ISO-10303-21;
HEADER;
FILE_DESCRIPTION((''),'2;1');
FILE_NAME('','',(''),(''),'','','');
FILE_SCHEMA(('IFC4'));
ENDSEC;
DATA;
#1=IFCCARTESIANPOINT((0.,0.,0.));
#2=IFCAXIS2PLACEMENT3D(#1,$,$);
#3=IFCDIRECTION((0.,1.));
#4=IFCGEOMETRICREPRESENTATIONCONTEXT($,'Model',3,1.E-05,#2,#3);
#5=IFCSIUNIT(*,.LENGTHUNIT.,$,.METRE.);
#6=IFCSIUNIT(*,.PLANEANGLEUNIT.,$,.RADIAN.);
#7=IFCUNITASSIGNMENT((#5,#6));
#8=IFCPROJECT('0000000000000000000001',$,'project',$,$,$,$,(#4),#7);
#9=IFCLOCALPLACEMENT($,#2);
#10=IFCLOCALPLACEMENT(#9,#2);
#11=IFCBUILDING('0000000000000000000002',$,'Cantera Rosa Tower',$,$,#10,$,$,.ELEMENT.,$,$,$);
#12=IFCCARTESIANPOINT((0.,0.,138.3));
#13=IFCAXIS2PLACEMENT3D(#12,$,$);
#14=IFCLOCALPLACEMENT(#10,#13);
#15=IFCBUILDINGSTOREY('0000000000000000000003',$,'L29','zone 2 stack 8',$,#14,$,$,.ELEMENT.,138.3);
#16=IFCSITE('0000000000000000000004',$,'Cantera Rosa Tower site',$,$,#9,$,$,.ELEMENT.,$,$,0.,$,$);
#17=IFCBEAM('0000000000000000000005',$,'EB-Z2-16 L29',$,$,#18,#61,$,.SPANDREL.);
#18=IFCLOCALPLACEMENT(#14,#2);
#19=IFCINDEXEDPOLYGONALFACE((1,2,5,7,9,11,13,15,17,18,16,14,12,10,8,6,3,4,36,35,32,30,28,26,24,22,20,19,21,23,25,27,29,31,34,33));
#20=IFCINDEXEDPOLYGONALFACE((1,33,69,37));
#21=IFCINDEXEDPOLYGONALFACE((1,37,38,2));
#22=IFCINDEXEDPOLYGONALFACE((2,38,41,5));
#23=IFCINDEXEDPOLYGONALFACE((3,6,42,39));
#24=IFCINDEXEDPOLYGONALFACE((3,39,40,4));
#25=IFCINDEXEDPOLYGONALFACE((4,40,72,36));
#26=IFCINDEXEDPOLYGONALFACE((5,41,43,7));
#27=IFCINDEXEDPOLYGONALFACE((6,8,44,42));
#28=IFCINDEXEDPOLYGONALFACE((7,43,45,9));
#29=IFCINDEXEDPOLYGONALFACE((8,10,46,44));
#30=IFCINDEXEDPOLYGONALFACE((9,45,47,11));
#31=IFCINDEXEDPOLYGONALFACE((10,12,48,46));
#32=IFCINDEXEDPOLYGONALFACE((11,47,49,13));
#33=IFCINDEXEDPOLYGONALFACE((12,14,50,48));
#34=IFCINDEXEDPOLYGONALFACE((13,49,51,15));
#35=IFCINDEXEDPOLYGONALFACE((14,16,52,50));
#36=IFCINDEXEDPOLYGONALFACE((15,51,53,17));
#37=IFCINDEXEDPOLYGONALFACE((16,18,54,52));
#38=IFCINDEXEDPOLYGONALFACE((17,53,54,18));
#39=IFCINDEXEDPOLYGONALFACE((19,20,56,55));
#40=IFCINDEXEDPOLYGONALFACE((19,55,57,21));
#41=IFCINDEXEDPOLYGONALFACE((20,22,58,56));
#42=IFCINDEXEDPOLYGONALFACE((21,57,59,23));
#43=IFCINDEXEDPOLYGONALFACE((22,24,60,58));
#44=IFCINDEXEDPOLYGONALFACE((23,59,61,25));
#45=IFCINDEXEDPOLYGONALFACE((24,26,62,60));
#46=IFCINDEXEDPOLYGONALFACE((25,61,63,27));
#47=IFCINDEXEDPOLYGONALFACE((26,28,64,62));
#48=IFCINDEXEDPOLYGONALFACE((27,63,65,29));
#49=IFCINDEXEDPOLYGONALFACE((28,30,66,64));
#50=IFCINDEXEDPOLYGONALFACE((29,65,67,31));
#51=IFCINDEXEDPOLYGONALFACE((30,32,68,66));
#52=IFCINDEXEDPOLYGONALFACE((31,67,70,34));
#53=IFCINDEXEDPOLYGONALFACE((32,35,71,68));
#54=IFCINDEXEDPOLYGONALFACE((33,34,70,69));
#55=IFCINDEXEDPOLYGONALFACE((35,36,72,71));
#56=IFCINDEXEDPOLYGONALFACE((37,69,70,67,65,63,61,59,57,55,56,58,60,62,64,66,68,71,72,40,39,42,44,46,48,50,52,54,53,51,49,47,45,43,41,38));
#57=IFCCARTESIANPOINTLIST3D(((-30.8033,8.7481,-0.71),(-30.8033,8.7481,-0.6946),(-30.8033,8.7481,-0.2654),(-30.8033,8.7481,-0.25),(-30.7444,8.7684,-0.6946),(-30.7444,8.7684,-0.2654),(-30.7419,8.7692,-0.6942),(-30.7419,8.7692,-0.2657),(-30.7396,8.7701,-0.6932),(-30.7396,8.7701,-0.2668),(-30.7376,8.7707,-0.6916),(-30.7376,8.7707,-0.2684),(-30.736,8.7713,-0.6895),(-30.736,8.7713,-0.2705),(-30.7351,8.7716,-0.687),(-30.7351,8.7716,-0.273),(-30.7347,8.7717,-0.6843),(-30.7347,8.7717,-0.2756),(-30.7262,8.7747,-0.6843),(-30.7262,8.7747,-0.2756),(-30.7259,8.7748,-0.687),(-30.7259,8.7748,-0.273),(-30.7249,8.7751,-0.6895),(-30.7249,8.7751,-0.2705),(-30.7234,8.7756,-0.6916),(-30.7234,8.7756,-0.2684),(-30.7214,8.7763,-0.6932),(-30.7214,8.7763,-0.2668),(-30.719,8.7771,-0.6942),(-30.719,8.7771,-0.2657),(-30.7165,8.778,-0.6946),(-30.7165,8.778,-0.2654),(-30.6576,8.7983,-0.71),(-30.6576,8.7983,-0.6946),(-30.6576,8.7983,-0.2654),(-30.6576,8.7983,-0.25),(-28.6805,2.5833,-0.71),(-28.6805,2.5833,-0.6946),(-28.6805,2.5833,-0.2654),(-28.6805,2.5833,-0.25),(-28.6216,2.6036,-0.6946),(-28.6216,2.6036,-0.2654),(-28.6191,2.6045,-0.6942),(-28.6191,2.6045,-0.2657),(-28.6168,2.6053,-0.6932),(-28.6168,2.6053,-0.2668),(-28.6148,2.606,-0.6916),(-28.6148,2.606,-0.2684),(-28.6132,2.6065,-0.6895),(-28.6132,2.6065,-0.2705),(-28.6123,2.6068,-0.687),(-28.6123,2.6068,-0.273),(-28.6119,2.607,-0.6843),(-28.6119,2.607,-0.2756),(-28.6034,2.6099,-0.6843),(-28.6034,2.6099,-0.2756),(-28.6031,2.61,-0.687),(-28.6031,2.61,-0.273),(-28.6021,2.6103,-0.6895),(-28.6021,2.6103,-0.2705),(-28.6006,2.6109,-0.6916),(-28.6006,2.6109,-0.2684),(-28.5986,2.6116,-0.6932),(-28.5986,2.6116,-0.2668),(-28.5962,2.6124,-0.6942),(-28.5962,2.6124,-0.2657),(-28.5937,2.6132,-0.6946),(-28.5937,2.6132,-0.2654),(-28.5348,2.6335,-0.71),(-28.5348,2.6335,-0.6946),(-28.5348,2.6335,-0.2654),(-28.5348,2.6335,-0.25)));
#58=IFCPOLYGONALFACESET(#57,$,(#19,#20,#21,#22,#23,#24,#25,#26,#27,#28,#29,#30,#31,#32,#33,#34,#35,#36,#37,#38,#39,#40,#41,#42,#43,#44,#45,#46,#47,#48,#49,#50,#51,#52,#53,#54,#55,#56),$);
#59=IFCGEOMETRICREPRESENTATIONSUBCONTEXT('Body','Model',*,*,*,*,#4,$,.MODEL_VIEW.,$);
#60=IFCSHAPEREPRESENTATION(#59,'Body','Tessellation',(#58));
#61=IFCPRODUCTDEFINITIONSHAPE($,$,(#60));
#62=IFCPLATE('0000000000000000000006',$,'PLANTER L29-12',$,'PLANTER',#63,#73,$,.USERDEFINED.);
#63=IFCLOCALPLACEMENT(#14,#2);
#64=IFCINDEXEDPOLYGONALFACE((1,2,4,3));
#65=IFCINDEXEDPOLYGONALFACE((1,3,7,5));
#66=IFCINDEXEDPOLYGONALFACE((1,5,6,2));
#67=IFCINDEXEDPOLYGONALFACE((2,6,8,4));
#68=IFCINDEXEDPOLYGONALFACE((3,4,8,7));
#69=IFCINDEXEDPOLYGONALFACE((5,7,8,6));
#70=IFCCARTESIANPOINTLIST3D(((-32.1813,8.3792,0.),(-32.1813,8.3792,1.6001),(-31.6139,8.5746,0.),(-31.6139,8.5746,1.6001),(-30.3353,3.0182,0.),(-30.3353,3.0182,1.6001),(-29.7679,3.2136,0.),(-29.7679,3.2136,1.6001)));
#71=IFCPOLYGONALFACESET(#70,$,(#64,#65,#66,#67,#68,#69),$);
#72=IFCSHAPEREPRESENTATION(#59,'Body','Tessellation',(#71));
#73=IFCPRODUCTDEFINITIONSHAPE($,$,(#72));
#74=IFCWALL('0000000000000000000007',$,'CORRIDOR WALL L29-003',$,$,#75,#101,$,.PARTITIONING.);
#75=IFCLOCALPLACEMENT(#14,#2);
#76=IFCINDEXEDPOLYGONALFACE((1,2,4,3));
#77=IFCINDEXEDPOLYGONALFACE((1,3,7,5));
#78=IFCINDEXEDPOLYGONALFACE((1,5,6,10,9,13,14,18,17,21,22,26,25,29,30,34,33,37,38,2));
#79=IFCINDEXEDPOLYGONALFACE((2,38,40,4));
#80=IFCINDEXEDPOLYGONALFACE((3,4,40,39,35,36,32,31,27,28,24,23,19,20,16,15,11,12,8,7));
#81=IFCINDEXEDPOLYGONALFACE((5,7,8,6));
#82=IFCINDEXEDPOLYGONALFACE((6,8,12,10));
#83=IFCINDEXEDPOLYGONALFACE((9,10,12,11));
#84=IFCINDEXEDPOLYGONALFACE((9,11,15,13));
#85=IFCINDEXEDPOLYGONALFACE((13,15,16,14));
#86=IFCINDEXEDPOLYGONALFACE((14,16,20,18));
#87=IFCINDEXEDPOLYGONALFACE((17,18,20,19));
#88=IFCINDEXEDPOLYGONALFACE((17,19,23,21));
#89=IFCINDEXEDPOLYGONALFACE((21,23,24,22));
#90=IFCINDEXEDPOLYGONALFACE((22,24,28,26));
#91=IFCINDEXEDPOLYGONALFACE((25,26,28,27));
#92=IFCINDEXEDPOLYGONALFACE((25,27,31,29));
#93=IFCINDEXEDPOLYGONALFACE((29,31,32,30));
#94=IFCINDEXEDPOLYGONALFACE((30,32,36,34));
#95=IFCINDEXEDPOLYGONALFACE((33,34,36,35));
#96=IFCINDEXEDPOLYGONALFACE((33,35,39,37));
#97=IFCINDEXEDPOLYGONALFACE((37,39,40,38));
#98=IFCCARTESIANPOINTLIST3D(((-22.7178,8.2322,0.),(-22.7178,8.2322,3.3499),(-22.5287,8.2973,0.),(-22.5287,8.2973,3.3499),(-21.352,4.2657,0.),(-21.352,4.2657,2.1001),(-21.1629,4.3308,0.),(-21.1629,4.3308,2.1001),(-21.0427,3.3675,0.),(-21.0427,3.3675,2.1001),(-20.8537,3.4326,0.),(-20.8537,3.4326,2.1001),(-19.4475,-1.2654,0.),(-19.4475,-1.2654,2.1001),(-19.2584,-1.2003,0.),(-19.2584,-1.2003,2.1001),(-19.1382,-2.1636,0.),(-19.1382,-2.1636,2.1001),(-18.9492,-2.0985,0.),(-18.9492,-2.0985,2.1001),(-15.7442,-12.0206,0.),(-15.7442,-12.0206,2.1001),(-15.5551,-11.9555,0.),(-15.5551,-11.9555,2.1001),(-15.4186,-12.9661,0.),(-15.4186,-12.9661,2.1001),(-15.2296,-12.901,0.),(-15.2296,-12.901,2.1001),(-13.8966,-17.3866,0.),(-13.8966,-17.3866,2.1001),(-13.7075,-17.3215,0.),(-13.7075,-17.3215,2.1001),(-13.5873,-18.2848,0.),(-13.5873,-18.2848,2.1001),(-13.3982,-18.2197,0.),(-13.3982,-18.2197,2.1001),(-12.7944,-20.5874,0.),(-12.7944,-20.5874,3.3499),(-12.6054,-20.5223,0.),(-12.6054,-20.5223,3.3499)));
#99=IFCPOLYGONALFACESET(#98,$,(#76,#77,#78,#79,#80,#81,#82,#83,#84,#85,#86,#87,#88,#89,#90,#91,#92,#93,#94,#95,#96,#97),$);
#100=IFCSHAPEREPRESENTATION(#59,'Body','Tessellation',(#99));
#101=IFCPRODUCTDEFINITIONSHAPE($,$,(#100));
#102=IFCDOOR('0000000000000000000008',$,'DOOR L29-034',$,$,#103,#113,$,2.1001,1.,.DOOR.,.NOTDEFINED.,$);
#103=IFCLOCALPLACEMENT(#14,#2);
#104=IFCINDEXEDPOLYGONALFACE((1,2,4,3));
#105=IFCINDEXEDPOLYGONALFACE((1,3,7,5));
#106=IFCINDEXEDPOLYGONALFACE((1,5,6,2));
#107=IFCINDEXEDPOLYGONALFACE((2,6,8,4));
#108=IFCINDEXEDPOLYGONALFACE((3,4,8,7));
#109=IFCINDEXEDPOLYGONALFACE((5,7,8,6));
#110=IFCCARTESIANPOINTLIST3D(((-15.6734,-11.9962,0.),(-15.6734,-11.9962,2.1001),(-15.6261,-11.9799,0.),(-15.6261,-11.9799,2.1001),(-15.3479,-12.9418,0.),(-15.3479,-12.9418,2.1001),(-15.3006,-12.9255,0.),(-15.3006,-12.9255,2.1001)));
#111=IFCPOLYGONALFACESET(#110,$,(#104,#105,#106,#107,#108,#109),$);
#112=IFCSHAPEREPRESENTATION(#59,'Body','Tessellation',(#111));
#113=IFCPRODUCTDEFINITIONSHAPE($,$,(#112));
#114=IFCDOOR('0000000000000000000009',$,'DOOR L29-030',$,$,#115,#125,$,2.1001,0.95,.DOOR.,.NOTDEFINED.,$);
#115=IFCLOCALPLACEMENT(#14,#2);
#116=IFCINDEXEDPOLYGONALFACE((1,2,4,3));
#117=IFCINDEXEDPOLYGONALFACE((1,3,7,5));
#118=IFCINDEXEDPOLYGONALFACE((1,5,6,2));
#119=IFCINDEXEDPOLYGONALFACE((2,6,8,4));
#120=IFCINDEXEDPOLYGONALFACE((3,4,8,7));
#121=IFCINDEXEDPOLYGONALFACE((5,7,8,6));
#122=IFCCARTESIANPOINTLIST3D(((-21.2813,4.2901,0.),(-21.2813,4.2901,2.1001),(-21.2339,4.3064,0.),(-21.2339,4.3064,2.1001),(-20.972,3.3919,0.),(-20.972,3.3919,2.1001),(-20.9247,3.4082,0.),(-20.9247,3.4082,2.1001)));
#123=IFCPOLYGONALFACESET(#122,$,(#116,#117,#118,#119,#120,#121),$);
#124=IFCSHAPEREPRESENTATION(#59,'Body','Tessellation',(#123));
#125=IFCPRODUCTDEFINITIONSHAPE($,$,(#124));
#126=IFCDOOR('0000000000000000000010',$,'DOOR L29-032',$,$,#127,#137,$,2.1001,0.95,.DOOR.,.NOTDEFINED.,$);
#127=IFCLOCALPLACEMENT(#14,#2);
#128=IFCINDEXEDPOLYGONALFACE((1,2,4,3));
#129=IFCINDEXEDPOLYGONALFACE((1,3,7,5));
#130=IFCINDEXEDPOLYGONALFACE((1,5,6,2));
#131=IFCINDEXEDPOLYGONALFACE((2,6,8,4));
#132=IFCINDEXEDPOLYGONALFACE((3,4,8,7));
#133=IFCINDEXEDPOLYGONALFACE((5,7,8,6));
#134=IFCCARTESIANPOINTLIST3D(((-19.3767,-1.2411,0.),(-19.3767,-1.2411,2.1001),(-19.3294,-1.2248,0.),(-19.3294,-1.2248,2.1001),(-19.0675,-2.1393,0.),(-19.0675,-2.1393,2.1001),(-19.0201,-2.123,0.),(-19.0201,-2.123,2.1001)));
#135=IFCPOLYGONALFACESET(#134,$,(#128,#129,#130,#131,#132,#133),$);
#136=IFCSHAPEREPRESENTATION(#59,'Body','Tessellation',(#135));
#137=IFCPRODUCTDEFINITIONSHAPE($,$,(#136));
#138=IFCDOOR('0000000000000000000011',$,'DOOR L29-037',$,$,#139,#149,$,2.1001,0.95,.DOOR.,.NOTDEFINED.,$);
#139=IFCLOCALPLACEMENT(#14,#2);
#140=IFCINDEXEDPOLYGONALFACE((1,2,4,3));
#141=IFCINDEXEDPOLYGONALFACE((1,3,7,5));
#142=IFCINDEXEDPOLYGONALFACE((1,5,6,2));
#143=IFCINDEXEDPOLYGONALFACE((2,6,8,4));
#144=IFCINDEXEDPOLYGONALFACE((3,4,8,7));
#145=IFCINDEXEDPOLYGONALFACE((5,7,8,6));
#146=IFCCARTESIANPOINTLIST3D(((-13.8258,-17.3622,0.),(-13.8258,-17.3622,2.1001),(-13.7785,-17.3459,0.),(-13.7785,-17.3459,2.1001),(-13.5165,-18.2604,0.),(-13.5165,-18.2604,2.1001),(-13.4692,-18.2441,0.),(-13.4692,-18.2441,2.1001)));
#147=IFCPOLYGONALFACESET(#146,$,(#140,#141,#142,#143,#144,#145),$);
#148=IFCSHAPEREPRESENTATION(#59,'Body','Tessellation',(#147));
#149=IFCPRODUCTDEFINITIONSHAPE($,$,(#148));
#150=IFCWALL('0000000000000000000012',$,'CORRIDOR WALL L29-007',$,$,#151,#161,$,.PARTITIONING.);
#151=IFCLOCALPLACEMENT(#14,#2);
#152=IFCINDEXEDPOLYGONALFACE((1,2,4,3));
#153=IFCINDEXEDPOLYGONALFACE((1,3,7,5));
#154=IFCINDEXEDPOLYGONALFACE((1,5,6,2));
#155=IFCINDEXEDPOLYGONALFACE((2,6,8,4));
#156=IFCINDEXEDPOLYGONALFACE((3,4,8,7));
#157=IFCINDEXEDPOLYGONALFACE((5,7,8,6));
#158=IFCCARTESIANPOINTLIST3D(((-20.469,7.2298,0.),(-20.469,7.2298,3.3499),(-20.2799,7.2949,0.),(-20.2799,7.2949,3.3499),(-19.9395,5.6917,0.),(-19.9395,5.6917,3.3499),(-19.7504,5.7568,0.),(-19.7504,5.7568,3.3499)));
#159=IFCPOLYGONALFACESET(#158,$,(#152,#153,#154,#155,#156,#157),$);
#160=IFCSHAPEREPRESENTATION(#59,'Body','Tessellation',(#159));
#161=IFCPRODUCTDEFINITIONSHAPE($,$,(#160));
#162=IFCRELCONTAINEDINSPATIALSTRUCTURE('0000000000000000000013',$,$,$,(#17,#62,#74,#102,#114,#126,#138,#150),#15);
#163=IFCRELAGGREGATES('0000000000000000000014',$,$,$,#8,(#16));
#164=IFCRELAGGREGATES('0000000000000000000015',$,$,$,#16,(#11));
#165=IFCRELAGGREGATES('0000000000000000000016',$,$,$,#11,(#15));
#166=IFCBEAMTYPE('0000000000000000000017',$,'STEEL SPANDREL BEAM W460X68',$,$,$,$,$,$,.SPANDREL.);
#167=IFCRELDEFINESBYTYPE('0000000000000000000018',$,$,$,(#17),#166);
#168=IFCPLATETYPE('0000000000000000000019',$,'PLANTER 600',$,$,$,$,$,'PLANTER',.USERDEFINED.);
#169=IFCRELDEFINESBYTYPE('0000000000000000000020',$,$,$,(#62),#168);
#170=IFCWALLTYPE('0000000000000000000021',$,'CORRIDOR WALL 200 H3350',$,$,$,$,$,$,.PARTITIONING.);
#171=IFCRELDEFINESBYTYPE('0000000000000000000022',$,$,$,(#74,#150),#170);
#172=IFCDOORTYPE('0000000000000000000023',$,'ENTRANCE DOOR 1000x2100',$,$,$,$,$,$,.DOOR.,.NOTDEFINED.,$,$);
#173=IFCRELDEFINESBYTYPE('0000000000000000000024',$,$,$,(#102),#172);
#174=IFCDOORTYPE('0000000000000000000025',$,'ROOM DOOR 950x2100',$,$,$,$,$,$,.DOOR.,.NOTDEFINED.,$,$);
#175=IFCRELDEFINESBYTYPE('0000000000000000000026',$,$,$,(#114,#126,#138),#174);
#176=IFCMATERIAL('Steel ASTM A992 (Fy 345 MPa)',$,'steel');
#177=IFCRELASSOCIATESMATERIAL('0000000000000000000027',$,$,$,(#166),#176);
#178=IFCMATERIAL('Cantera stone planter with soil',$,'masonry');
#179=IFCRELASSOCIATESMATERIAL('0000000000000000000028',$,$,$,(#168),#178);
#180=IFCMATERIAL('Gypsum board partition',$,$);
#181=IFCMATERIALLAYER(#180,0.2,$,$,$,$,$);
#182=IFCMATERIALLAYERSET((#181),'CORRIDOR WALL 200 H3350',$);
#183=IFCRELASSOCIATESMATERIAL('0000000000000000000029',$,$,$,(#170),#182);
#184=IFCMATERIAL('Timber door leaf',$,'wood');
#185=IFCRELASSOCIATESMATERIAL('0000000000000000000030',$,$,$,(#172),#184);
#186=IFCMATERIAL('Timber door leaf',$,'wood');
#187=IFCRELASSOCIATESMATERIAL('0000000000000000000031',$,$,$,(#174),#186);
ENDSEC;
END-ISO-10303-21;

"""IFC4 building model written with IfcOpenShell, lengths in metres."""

from ifc_helpers import new_model, si_unit, direction, frame, frame_2d, origin, origin_2d, place, context, subcontext, project, spatial, rectangle, i_section, extrude, material, layer, layer_set, material_profile, profile_set, type_object, element, fill, save


model = new_model("IFC4")

# Units and contexts
model_context = context("Model", 3, precision=1e-05, world=origin(), true_north=direction((0.0, 1.0)))
body_context = subcontext(model_context, "Body", "Model", "MODEL_VIEW")
ifc_project = project(units=[si_unit("LENGTHUNIT", "METRE"), si_unit("PLANEANGLEUNIT", "RADIAN")], contexts=[model_context])

# Site, building, storey
site_placement = place(None, origin())
site = spatial("IfcSite", under=ifc_project, at=site_placement, Name="Cantera Rosa Tower site", CompositionType="ELEMENT", RefElevation=0.0)
building_placement = place(site_placement, origin())
building = spatial("IfcBuilding", under=site, at=building_placement, Name="Cantera Rosa Tower", CompositionType="ELEMENT")
storey_placement = place(building_placement, frame((0.0, 0.0, 138.3)))
storey = spatial("IfcBuildingStorey", under=building, at=storey_placement, Name="L29", Description="zone 2 stack 8", CompositionType="ELEMENT", Elevation=138.3)

# Beam
ifc_material_1 = material(Name="Steel ASTM A992 (Fy 345 MPa)", Category="steel")
ifc_material_profile_1 = material_profile(ifc_material_1, i_section(OverallWidth=0.1541, OverallDepth=0.46, WebThickness=0.009, FlangeThickness=0.0154, FilletRadius=0.0103, at=origin_2d()), Name="W460X68")
ifc_profile_set_1 = profile_set([ifc_material_profile_1], Name="Steel ASTM A992 (Fy 345 MPa)")
beam_type_1 = type_object("IfcBeamType", Name="STEEL SPANDREL BEAM W460X68", PredefinedType="SPANDREL", material=ifc_profile_set_1)
beam_1_placement = place(storey_placement, frame((-30.7305, 8.7732, -0.48), z_axis=(0.325581, -0.945514, 0.0), x_axis=(0.945514, 0.325581, 0.0)))
element("IfcBeam", 1, at=beam_1_placement, inside=storey, type_object=beam_type_1, Name="EB-Z2-16 L29", PredefinedType="SPANDREL", context=body_context, shape_type="SweptSolid", body=[
    extrude(i_section(OverallWidth=0.1541, OverallDepth=0.46, WebThickness=0.009, FlangeThickness=0.0154, FilletRadius=0.0103, at=origin_2d()), origin(), (0.0, 0.0, 1.0), 6.52),
])

# Plate
ifc_material_2 = material(Name="Cantera stone planter with soil", Category="masonry")
plate_type = type_object("IfcPlateType", Name="PLANTER 600", ElementType="PLANTER", PredefinedType="USERDEFINED", material=ifc_material_2)
plate_placement = place(storey_placement, frame((-30.9746, 5.7964, 0.0), z_axis=(0.0, 0.0, 1.0), x_axis=(0.325568, -0.945519, 0.0)))
element("IfcPlate", 2, at=plate_placement, inside=storey, type_object=plate_type, Name="PLANTER L29-12", ObjectType="PLANTER", PredefinedType="USERDEFINED", context=body_context, shape_type="SweptSolid", body=[
    extrude(rectangle(XDim=5.6699, YDim=0.6001, at=origin_2d()), origin(), (0.0, 0.0, 1.0), 1.6001),
])

# Wall, openings, doors
ifc_material_3 = material(Name="Gypsum board partition")
ifc_layer_1 = layer(ifc_material_3, 0.2)
ifc_layer_set_1 = layer_set([ifc_layer_1], Name="CORRIDOR WALL 200 H3350")
wall_type_1 = type_object("IfcWallType", Name="CORRIDOR WALL 200 H3350", PredefinedType="PARTITIONING", material=ifc_layer_set_1)
wall_1_placement = place(storey_placement, frame((-22.6233, 8.2649, 0.0), z_axis=(0.0, 0.0, 1.0), x_axis=(0.325567, -0.945519, 0.0)))
wall_1 = element("IfcWall", 3, at=wall_1_placement, inside=storey, type_object=wall_type_1, Name="CORRIDOR WALL L29-003", PredefinedType="PARTITIONING", context=body_context, shape_type="SweptSolid", body=[
    extrude(rectangle(XDim=30.4802, YDim=0.2, at=frame_2d((15.2402, 0.0))), origin(), (0.0, 0.0, 1.0), 3.3499),
])
opening_1_placement = place(wall_1_placement, frame((4.1951, 0.0, 0.0)))
opening_1 = element("IfcOpeningElement", 4, at=opening_1_placement, cuts=wall_1, PredefinedType="OPENING", context=body_context, shape_type="SweptSolid", body=[
    extrude(rectangle(XDim=0.95, YDim=2.1001, at=frame_2d((0.4751, 1.05))), frame((0.0, 0.1099, 0.0), z_axis=(0.0, -1.0, 0.0), x_axis=(1.0, 0.0, 0.0)), (0.0, 0.0, 1.0), 0.22),
])
opening_2_placement = place(wall_1_placement, frame((10.0449, 0.0, 0.0)))
opening_2 = element("IfcOpeningElement", 5, at=opening_2_placement, cuts=wall_1, PredefinedType="OPENING", context=body_context, shape_type="SweptSolid", body=[
    extrude(rectangle(XDim=0.95, YDim=2.1001, at=frame_2d((0.4751, 1.05))), frame((0.0, 0.1099, 0.0), z_axis=(0.0, -1.0, 0.0), x_axis=(1.0, 0.0, 0.0)), (0.0, 0.0, 1.0), 0.22),
])
opening_3_placement = place(wall_1_placement, frame((21.4199, 0.0, 0.0)))
opening_3 = element("IfcOpeningElement", 6, at=opening_3_placement, cuts=wall_1, PredefinedType="OPENING", context=body_context, shape_type="SweptSolid", body=[
    extrude(rectangle(XDim=1.0, YDim=2.1001, at=frame_2d((0.5, 1.05))), frame((0.0, 0.1099, 0.0), z_axis=(0.0, -1.0, 0.0), x_axis=(1.0, 0.0, 0.0)), (0.0, 0.0, 1.0), 0.22),
])
opening_4_placement = place(wall_1_placement, frame((27.095, 0.0, 0.0)))
opening_4 = element("IfcOpeningElement", 7, at=opening_4_placement, cuts=wall_1, PredefinedType="OPENING", context=body_context, shape_type="SweptSolid", body=[
    extrude(rectangle(XDim=0.95, YDim=2.1001, at=frame_2d((0.4751, 1.05))), frame((0.0, 0.1099, 0.0), z_axis=(0.0, -1.0, 0.0), x_axis=(1.0, 0.0, 0.0)), (0.0, 0.0, 1.0), 0.22),
])
ifc_material_4 = material(Name="Timber door leaf", Category="wood")
door_type_1 = type_object("IfcDoorType", Name="ENTRANCE DOOR 1000x2100", OperationType="NOTDEFINED", PredefinedType="DOOR", material=ifc_material_4)
door_1_placement = place(opening_3_placement, origin())
door_1 = element("IfcDoor", 8, at=door_1_placement, inside=storey, type_object=door_type_1, Name="DOOR L29-034", OperationType="NOTDEFINED", OverallHeight=2.1001, OverallWidth=1.0, PredefinedType="DOOR", context=body_context, shape_type="SweptSolid", body=[
    extrude(rectangle(XDim=1.0, YDim=2.1001, at=frame_2d((0.5, 1.05))), frame((0.0, 0.0249, 0.0), z_axis=(0.0, -1.0, 0.0), x_axis=(1.0, 0.0, 0.0)), (0.0, 0.0, 1.0), 0.05),
])
fill(opening_3, door_1)
ifc_material_5 = material(Name="Timber door leaf", Category="wood")
door_type_2 = type_object("IfcDoorType", Name="ROOM DOOR 950x2100", OperationType="NOTDEFINED", PredefinedType="DOOR", material=ifc_material_5)
door_2_placement = place(opening_1_placement, origin())
door_2 = element("IfcDoor", 9, at=door_2_placement, inside=storey, type_object=door_type_2, Name="DOOR L29-030", OperationType="NOTDEFINED", OverallHeight=2.1001, OverallWidth=0.95, PredefinedType="DOOR", context=body_context, shape_type="SweptSolid", body=[
    extrude(rectangle(XDim=0.95, YDim=2.1001, at=frame_2d((0.4751, 1.05))), frame((0.0, 0.0249, 0.0), z_axis=(0.0, -1.0, 0.0), x_axis=(1.0, 0.0, 0.0)), (0.0, 0.0, 1.0), 0.05),
])
fill(opening_1, door_2)
door_3_placement = place(opening_2_placement, origin())
door_3 = element("IfcDoor", 10, at=door_3_placement, inside=storey, type_object=door_type_2, Name="DOOR L29-032", OperationType="NOTDEFINED", OverallHeight=2.1001, OverallWidth=0.95, PredefinedType="DOOR", context=body_context, shape_type="SweptSolid", body=[
    extrude(rectangle(XDim=0.95, YDim=2.1001, at=frame_2d((0.4751, 1.05))), frame((0.0, 0.0249, 0.0), z_axis=(0.0, -1.0, 0.0), x_axis=(1.0, 0.0, 0.0)), (0.0, 0.0, 1.0), 0.05),
])
fill(opening_2, door_3)
door_4_placement = place(opening_4_placement, origin())
door_4 = element("IfcDoor", 11, at=door_4_placement, inside=storey, type_object=door_type_2, Name="DOOR L29-037", OperationType="NOTDEFINED", OverallHeight=2.1001, OverallWidth=0.95, PredefinedType="DOOR", context=body_context, shape_type="SweptSolid", body=[
    extrude(rectangle(XDim=0.95, YDim=2.1001, at=frame_2d((0.4751, 1.05))), frame((0.0, 0.0249, 0.0), z_axis=(0.0, -1.0, 0.0), x_axis=(1.0, 0.0, 0.0)), (0.0, 0.0, 1.0), 0.05),
])
fill(opening_4, door_4)

# Wall
wall_2_placement = place(storey_placement, frame((-20.3745, 7.2625, 0.0), z_axis=(0.0, 0.0, 1.0), x_axis=(0.325533, -0.945531, 0.0)))
element("IfcWall", 12, at=wall_2_placement, inside=storey, type_object=wall_type_1, Name="CORRIDOR WALL L29-007", PredefinedType="PARTITIONING", context=body_context, shape_type="SweptSolid", body=[
    extrude(rectangle(XDim=1.6267, YDim=0.2, at=frame_2d((0.8135, 0.0))), origin(), (0.0, 0.0, 1.0), 3.3499),
])

save(model, "model.ifc")
